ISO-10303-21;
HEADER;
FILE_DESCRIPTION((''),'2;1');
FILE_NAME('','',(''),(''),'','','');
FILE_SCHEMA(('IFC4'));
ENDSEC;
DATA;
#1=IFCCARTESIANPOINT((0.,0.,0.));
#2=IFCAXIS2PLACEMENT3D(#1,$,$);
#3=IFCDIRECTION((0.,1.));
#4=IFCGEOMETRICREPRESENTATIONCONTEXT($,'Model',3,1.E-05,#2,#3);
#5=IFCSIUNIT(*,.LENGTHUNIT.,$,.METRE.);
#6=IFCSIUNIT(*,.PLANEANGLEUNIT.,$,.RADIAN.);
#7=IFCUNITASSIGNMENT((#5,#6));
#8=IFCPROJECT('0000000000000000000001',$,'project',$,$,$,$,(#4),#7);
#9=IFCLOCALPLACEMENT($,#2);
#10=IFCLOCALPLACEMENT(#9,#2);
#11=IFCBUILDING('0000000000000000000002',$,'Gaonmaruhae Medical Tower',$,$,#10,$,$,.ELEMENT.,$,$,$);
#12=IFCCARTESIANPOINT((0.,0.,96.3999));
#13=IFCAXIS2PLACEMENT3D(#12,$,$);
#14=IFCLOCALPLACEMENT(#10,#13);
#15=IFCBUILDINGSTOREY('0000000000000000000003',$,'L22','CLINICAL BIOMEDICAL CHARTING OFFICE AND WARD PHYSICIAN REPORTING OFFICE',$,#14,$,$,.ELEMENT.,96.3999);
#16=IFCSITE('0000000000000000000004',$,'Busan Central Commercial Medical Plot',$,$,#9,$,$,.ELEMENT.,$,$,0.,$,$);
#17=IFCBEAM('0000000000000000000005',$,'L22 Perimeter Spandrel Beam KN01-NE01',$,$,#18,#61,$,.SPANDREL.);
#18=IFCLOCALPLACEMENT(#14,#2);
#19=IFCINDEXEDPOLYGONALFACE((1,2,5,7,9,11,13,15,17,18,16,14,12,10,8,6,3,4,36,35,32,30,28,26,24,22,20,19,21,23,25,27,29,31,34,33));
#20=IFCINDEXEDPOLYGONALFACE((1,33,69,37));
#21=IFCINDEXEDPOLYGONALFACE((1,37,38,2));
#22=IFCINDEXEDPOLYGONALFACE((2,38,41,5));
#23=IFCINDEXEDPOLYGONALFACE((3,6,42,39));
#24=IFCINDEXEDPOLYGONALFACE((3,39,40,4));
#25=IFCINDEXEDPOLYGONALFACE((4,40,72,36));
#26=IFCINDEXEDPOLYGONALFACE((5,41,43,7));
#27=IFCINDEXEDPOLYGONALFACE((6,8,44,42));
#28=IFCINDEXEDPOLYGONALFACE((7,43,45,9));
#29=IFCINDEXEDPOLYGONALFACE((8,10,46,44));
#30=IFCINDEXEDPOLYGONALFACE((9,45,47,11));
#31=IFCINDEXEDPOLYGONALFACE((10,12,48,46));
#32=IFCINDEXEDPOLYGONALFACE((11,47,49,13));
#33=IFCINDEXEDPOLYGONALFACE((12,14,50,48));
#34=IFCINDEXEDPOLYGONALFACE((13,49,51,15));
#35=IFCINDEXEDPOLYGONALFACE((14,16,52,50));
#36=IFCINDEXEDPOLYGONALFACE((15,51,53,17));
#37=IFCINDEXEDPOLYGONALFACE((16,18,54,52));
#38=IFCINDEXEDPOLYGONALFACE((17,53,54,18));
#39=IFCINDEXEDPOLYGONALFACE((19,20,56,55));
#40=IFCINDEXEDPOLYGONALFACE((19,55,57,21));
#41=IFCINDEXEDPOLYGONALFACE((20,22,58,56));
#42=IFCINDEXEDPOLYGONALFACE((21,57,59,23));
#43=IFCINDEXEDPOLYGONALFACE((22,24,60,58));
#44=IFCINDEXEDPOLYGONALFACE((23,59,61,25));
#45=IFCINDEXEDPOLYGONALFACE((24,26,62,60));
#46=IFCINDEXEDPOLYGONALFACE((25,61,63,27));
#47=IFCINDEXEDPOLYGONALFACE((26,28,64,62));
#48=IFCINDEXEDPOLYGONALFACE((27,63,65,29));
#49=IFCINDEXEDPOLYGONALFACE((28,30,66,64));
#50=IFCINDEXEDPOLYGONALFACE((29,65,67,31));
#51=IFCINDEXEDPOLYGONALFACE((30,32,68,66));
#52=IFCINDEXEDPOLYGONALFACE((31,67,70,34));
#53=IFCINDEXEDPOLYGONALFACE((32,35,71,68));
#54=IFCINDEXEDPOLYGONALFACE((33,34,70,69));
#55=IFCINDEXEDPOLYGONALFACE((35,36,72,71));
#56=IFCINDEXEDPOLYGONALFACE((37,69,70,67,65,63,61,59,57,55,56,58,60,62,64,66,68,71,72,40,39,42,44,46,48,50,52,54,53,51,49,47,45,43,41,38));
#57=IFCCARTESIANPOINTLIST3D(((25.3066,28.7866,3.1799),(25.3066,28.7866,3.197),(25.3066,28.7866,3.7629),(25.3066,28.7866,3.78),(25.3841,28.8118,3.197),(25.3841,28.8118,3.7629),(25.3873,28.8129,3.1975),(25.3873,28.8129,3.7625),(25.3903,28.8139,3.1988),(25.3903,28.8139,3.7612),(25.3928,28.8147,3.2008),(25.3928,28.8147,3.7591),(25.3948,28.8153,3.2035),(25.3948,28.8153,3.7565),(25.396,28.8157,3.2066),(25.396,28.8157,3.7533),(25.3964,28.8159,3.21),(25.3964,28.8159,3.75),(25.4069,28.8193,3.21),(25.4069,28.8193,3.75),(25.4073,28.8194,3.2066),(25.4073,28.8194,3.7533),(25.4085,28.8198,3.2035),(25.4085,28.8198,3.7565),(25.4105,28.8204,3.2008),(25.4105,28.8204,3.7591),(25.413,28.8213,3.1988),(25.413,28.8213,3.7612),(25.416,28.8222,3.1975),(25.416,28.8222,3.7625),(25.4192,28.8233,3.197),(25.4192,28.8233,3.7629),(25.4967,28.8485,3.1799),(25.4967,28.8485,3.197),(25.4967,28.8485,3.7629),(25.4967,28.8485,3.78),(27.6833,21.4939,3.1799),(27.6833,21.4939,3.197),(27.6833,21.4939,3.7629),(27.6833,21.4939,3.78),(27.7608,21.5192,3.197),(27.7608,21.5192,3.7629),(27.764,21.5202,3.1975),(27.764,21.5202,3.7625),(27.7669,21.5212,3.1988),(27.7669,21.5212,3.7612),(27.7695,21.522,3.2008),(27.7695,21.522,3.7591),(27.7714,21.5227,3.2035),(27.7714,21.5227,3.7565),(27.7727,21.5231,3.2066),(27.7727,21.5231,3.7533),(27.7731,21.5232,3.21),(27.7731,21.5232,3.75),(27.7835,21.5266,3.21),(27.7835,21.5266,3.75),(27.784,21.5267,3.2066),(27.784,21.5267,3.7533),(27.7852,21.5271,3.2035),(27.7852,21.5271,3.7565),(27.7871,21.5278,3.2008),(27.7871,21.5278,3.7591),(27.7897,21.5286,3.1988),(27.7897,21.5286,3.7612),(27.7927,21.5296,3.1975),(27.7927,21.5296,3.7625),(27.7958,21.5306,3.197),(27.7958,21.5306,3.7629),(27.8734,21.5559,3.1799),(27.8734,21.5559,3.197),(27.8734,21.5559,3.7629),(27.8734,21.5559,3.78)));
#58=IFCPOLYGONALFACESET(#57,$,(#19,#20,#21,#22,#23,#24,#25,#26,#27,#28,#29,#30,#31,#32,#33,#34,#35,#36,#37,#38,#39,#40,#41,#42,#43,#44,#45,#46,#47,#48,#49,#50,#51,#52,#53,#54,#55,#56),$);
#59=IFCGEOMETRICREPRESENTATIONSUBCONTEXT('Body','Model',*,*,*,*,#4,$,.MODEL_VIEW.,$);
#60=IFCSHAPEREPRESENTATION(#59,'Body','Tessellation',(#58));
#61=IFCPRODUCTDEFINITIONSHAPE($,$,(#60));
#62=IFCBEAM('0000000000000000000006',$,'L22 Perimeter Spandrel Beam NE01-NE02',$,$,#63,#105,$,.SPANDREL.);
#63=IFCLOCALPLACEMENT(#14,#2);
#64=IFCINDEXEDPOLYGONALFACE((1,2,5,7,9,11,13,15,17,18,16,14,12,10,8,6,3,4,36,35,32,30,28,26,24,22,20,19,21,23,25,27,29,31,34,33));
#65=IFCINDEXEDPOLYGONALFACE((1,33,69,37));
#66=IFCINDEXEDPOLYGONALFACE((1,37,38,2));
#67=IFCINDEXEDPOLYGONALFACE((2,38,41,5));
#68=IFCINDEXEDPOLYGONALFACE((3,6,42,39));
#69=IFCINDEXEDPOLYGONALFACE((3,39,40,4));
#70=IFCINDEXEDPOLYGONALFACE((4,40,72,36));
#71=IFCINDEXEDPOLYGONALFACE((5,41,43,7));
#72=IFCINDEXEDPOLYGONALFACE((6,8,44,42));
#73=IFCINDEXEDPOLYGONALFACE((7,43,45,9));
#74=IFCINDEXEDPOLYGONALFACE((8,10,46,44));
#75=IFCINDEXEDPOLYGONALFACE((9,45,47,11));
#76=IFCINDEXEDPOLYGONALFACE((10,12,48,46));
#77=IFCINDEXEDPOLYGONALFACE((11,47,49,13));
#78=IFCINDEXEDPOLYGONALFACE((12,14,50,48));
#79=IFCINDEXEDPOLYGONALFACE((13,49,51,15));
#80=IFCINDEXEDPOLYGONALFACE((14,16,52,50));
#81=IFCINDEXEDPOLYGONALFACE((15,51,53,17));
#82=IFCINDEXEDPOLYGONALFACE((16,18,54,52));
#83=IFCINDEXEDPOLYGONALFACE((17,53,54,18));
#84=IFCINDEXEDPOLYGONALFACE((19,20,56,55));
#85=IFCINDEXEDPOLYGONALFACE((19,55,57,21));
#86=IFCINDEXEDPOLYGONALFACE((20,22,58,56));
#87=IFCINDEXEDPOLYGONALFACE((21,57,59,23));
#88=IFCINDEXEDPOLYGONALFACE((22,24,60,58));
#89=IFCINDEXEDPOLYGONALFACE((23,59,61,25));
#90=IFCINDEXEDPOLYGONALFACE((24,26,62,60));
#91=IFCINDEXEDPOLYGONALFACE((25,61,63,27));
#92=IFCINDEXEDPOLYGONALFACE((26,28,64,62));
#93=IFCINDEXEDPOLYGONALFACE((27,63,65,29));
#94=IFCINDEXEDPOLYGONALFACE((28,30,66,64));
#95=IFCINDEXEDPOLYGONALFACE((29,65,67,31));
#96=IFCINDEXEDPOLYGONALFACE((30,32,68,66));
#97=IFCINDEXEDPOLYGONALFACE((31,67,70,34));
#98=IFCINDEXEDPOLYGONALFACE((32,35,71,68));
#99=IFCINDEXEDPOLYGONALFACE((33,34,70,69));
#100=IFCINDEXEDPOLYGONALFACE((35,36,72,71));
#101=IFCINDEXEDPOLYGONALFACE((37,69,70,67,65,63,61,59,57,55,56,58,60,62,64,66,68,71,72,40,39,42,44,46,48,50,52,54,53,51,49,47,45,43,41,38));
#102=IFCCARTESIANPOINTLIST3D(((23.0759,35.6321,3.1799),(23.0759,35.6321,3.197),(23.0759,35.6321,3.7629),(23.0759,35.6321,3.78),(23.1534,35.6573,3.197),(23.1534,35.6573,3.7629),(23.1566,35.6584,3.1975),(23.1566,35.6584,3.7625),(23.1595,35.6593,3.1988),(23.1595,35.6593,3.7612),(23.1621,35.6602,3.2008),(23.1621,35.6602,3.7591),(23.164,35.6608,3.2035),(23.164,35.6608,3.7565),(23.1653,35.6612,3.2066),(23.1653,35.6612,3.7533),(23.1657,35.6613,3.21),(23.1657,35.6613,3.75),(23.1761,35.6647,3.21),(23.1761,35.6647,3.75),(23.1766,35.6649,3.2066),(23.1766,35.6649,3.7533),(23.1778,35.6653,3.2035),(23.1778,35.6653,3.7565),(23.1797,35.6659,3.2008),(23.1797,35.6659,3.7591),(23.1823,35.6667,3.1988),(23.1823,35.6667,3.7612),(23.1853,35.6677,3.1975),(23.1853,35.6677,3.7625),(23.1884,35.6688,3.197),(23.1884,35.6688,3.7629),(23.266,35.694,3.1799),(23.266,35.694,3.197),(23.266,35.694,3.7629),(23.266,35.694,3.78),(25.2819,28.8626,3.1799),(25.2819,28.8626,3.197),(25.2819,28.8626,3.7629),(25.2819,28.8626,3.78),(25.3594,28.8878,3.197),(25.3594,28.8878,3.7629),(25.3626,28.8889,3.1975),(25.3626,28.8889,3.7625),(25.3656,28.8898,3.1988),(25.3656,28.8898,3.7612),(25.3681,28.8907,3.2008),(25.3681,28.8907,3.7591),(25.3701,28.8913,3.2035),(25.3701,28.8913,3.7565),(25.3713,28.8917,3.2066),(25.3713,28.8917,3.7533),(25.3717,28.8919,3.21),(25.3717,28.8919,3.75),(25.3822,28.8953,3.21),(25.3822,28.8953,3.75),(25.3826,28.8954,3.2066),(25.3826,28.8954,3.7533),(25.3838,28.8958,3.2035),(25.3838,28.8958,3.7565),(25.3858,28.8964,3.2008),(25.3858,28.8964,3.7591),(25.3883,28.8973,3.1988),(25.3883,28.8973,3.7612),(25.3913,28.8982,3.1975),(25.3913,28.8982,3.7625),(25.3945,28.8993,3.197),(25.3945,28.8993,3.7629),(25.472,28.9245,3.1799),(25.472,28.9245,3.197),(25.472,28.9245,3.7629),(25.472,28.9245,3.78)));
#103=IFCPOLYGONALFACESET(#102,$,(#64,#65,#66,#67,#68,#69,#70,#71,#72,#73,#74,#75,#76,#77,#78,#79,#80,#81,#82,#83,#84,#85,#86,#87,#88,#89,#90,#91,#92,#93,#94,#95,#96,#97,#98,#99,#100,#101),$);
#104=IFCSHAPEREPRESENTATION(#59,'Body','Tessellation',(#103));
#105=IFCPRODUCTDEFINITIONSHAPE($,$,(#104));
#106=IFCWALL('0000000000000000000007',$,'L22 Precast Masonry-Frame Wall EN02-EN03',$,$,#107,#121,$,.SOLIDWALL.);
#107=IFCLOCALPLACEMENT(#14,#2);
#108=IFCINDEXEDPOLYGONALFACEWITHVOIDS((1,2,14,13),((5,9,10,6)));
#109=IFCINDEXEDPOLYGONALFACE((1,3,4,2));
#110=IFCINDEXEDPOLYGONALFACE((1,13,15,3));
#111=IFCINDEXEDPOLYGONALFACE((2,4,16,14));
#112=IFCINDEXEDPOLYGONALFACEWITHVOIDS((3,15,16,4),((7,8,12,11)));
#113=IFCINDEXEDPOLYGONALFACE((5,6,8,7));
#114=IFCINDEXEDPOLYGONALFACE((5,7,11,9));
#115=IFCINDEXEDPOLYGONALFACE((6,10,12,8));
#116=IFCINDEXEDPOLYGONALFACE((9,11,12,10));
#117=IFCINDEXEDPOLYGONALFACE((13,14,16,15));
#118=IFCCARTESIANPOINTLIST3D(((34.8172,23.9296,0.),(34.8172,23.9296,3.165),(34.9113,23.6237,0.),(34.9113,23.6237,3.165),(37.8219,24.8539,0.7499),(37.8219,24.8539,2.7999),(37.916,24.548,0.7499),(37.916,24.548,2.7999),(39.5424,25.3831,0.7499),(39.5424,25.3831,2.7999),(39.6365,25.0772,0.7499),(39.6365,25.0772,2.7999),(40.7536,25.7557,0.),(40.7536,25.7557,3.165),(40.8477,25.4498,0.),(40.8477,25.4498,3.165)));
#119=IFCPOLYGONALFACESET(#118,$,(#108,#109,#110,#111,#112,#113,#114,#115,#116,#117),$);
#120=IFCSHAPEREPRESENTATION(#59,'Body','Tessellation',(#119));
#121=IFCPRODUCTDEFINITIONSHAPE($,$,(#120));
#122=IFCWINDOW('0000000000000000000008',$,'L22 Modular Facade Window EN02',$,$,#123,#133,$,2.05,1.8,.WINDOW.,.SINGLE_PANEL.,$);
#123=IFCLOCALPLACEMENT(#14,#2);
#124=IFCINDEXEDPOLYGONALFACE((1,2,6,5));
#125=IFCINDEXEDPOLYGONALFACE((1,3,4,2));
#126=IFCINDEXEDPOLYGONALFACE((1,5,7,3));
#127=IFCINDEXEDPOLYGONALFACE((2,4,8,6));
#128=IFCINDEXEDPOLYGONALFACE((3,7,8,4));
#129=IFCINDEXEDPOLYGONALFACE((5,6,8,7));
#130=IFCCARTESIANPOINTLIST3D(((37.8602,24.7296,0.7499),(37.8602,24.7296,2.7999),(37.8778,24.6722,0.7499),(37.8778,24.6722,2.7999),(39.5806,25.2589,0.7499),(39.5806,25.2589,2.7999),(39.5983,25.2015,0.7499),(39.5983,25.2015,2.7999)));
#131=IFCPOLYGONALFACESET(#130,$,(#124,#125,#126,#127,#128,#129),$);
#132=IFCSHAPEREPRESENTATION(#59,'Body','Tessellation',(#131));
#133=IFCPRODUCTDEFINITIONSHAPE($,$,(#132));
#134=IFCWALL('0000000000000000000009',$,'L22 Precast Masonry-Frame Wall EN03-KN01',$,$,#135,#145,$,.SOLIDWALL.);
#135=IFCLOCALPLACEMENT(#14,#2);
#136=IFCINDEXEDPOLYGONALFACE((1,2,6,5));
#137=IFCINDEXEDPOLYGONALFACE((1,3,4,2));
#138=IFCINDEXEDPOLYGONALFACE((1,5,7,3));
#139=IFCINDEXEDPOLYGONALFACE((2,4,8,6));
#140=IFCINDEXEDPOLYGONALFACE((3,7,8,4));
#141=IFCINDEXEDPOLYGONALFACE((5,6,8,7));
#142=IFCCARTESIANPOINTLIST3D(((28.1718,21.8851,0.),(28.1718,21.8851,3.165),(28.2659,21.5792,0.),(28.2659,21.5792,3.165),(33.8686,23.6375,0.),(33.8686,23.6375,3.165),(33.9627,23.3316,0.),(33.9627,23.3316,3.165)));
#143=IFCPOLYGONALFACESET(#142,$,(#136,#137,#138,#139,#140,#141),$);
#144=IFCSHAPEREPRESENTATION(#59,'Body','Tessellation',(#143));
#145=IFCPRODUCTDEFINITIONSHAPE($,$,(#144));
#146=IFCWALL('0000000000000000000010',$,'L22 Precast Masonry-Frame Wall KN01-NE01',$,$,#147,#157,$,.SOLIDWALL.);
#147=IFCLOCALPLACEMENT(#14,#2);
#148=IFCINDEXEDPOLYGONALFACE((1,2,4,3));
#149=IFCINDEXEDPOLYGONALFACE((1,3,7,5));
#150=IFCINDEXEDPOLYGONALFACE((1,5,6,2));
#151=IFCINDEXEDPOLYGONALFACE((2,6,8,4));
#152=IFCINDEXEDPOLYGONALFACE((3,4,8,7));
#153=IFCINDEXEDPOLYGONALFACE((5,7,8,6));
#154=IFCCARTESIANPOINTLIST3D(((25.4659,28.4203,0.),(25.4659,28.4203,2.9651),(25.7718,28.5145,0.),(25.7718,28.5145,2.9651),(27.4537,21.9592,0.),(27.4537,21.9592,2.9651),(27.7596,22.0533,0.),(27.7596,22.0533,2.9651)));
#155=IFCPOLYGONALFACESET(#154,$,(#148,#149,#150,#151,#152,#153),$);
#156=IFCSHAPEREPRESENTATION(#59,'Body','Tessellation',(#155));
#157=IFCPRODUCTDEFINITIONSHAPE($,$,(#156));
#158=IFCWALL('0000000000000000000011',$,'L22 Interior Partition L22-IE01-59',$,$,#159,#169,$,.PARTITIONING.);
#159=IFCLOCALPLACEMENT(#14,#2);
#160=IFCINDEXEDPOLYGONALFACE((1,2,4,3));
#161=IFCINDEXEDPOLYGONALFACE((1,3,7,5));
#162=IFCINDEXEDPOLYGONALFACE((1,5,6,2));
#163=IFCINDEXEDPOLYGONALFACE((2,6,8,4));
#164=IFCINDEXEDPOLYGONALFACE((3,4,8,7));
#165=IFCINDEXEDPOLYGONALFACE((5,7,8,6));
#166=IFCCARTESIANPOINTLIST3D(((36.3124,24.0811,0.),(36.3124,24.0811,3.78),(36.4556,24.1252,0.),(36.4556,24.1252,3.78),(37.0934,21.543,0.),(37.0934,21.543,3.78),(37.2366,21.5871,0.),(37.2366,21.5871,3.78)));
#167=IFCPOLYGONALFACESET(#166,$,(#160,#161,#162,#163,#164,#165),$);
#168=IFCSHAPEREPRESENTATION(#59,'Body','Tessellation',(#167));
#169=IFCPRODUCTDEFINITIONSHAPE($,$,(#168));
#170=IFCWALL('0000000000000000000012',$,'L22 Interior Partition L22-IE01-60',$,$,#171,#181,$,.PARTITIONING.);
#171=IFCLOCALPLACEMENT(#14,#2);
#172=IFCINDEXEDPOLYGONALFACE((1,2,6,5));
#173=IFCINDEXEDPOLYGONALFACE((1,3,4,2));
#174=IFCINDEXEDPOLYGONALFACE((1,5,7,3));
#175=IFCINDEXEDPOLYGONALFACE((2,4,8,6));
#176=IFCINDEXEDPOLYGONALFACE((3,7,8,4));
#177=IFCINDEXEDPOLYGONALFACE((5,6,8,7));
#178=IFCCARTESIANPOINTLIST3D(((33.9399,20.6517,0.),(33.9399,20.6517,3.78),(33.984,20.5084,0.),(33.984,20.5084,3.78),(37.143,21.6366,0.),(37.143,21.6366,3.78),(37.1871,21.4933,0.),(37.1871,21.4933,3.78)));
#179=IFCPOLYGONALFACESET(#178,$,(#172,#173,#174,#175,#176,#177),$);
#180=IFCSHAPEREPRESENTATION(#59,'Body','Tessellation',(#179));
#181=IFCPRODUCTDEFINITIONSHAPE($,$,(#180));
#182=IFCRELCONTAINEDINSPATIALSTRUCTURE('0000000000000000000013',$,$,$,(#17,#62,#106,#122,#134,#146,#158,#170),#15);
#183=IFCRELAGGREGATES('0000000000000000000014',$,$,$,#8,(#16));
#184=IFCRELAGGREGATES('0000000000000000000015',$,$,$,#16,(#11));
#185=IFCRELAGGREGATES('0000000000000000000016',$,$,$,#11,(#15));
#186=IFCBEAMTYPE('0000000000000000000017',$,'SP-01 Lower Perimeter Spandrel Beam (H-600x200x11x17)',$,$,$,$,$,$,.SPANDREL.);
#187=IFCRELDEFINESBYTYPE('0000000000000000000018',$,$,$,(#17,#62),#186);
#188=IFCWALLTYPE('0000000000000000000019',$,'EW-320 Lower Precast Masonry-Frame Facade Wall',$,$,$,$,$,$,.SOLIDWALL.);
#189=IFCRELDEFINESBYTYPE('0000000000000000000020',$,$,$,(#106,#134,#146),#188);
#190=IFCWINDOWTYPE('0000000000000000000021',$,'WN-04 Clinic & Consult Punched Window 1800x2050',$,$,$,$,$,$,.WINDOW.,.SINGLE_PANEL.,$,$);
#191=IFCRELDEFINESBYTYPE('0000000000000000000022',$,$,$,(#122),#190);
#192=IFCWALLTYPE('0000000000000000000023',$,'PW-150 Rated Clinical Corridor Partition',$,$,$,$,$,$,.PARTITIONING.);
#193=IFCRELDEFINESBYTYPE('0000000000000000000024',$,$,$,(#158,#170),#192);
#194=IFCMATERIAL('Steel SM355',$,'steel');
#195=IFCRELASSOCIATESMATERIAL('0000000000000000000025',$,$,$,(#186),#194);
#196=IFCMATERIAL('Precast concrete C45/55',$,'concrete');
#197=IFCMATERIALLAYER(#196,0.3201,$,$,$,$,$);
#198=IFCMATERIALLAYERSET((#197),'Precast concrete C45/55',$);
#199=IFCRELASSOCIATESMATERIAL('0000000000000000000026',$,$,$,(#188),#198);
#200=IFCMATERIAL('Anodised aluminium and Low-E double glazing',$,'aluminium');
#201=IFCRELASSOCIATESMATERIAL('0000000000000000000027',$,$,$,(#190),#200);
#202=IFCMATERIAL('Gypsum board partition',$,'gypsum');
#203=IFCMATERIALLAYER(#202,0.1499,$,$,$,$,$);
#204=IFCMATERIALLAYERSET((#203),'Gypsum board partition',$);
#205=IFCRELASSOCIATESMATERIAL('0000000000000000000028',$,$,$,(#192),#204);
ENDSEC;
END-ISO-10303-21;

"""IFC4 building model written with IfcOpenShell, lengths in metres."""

from ifc_helpers import new_model, si_unit, direction, frame, frame_2d, origin, origin_2d, place, context, subcontext, project, spatial, rectangle, i_section, extrude, material, layer, layer_set, material_profile, profile_set, type_object, element, fill, save


model = new_model("IFC4")

# Units and contexts
model_context = context("Model", 3, precision=1e-05, world=origin(), true_north=direction((0.0, 1.0)))
body_context = subcontext(model_context, "Body", "Model", "MODEL_VIEW")
ifc_project = project(units=[si_unit("LENGTHUNIT", "METRE"), si_unit("PLANEANGLEUNIT", "RADIAN")], contexts=[model_context])

# Site, building, storey
site_placement = place(None, origin())
site = spatial("IfcSite", under=ifc_project, at=site_placement, Name="Busan Central Commercial Medical Plot", CompositionType="ELEMENT", RefElevation=0.0)
building_placement = place(site_placement, origin())
building = spatial("IfcBuilding", under=site, at=building_placement, Name="Gaonmaruhae Medical Tower", CompositionType="ELEMENT")
storey_placement = place(building_placement, frame((0.0, 0.0, 96.3999)))
storey = spatial("IfcBuildingStorey", under=building, at=storey_placement, Name="L22", Description="CLINICAL BIOMEDICAL CHARTING OFFICE AND WARD PHYSICIAN REPORTING OFFICE", CompositionType="ELEMENT", Elevation=96.3999)

# Beams
ifc_material_1 = material(Name="Steel SM355", Category="steel")
ifc_material_profile_1 = material_profile(ifc_material_1, i_section(OverallWidth=0.2, OverallDepth=0.6001, WebThickness=0.011, FlangeThickness=0.0171, FilletRadius=0.0129, at=origin_2d()), Name="H-600x200x11x17")
ifc_profile_set_1 = profile_set([ifc_material_profile_1], Name="Steel SM355")
beam_type_1 = type_object("IfcBeamType", Name="SP-01 Lower Perimeter Spandrel Beam (H-600x200x11x17)", PredefinedType="SPANDREL", material=ifc_profile_set_1)
beam_1_placement = place(storey_placement, frame((27.7783, 21.5249, 3.48), z_axis=(-0.309861, 0.950782, 0.0), x_axis=(-0.950782, -0.309861, 0.0)))
element("IfcBeam", 1, at=beam_1_placement, inside=storey, type_object=beam_type_1, Name="L22 Perimeter Spandrel Beam KN01-NE01", PredefinedType="SPANDREL", context=body_context, shape_type="SweptSolid", body=[
    extrude(i_section(OverallWidth=0.2, OverallDepth=0.6001, WebThickness=0.011, FlangeThickness=0.0171, FilletRadius=0.0129, at=origin_2d()), origin(), (0.0, 0.0, 1.0), 7.6702),
])
beam_2_placement = place(storey_placement, frame((25.377, 28.8936, 3.48), z_axis=(-0.309843, 0.950788, 0.0), x_axis=(-0.950788, -0.309843, 0.0)))
element("IfcBeam", 2, at=beam_2_placement, inside=storey, type_object=beam_type_1, Name="L22 Perimeter Spandrel Beam NE01-NE02", PredefinedType="SPANDREL", context=body_context, shape_type="SweptSolid", body=[
    extrude(i_section(OverallWidth=0.2, OverallDepth=0.6001, WebThickness=0.011, FlangeThickness=0.0171, FilletRadius=0.0129, at=origin_2d()), origin(), (0.0, 0.0, 1.0), 7.1199),
])

# Wall, opening, window
ifc_material_2 = material(Name="Precast concrete C45/55", Category="concrete")
ifc_layer_1 = layer(ifc_material_2, 0.3201)
ifc_layer_set_1 = layer_set([ifc_layer_1], Name="Precast concrete C45/55")
wall_type_1 = type_object("IfcWallType", Name="EW-320 Lower Precast Masonry-Frame Facade Wall", PredefinedType="SOLIDWALL", material=ifc_layer_set_1)
wall_1_placement = place(storey_placement, frame((34.8643, 23.7766, 0.0), z_axis=(0.0, 0.0, 1.0), x_axis=(0.955799, 0.29402, 0.0)))
wall_1 = element("IfcWall", 3, at=wall_1_placement, inside=storey, type_object=wall_type_1, Name="L22 Precast Masonry-Frame Wall EN02-EN03", PredefinedType="SOLIDWALL", context=body_context, shape_type="SweptSolid", body=[
    extrude(rectangle(XDim=6.2109, YDim=0.3201, at=frame_2d((3.1055, 0.0))), origin(), (0.0, 0.0, 1.0), 3.165),
])
opening_1_placement = place(wall_1_placement, frame((3.1438, 0.0, 0.75)))
opening_1 = element("IfcOpeningElement", 4, at=opening_1_placement, cuts=wall_1, PredefinedType="OPENING", context=body_context, shape_type="SweptSolid", body=[
    extrude(rectangle(XDim=1.8, YDim=2.05, at=frame_2d((0.8999, 1.0249))), frame((0.0, 0.1699, 0.0), z_axis=(0.0, -1.0, 0.0), x_axis=(1.0, 0.0, 0.0)), (0.0, 0.0, 1.0), 0.3401),
])
ifc_material_3 = material(Name="Anodised aluminium and Low-E double glazing", Category="aluminium")
window_type = type_object("IfcWindowType", Name="WN-04 Clinic & Consult Punched Window 1800x2050", PartitioningType="SINGLE_PANEL", PredefinedType="WINDOW", material=ifc_material_3)
window_placement = place(opening_1_placement, origin())
window = element("IfcWindow", 5, at=window_placement, inside=storey, type_object=window_type, Name="L22 Modular Facade Window EN02", OverallHeight=2.05, OverallWidth=1.8, PartitioningType="SINGLE_PANEL", PredefinedType="WINDOW", context=body_context, shape_type="SweptSolid", body=[
    extrude(rectangle(XDim=1.8, YDim=2.05, at=frame_2d((0.8999, 1.0249))), frame((0.0, 0.03, 0.0), z_axis=(0.0, -1.0, 0.0), x_axis=(1.0, 0.0, 0.0)), (0.0, 0.0, 1.0), 0.0601),
])
fill(opening_1, window)

# Walls
wall_2_placement = place(storey_placement, frame((28.219, 21.7322, 0.0), z_axis=(0.0, 0.0, 1.0), x_axis=(0.955798, 0.294023, 0.0)))
element("IfcWall", 6, at=wall_2_placement, inside=storey, type_object=wall_type_1, Name="L22 Precast Masonry-Frame Wall EN03-KN01", PredefinedType="SOLIDWALL", context=body_context, shape_type="SweptSolid", body=[
    extrude(rectangle(XDim=5.9602, YDim=0.3201, at=frame_2d((2.98, 0.0))), origin(), (0.0, 0.0, 1.0), 3.165),
])
wall_3_placement = place(storey_placement, frame((25.6189, 28.4673, 0.0), z_axis=(0.0, 0.0, 1.0), x_axis=(0.29405, -0.95579, 0.0)))
element("IfcWall", 7, at=wall_3_placement, inside=storey, type_object=wall_type_1, Name="L22 Precast Masonry-Frame Wall KN01-NE01", PredefinedType="SOLIDWALL", context=body_context, shape_type="SweptSolid", body=[
    extrude(rectangle(XDim=6.76, YDim=0.3201, at=frame_2d((3.3799, 0.0))), origin(), (0.0, 0.0, 1.0), 2.9651),
])
ifc_material_4 = material(Name="Gypsum board partition", Category="gypsum")
ifc_layer_2 = layer(ifc_material_4, 0.1499)
ifc_layer_set_2 = layer_set([ifc_layer_2], Name="Gypsum board partition")
wall_type_2 = type_object("IfcWallType", Name="PW-150 Rated Clinical Corridor Partition", PredefinedType="PARTITIONING", material=ifc_layer_set_2)
wall_4_placement = place(storey_placement, frame((36.384, 24.103, 0.0), z_axis=(0.0, 0.0, 1.0), x_axis=(0.294105, -0.955773, 0.0)))
element("IfcWall", 8, at=wall_4_placement, inside=storey, type_object=wall_type_2, Name="L22 Interior Partition L22-IE01-59", PredefinedType="PARTITIONING", context=body_context, shape_type="SweptSolid", body=[
    extrude(rectangle(XDim=2.6555, YDim=0.1499, at=frame_2d((1.3276, 0.0))), origin(), (0.0, 0.0, 1.0), 3.78),
])
wall_5_placement = place(storey_placement, frame((37.165, 21.5649, 0.0), z_axis=(0.0, 0.0, 1.0), x_axis=(-0.955839, -0.293891, 0.0)))
element("IfcWall", 9, at=wall_5_placement, inside=storey, type_object=wall_type_2, Name="L22 Interior Partition L22-IE01-60", PredefinedType="PARTITIONING", context=body_context, shape_type="SweptSolid", body=[
    extrude(rectangle(XDim=3.3511, YDim=0.1499, at=frame_2d((1.6755, 0.0))), origin(), (0.0, 0.0, 1.0), 3.78),
])

save(model, "model.ifc")
